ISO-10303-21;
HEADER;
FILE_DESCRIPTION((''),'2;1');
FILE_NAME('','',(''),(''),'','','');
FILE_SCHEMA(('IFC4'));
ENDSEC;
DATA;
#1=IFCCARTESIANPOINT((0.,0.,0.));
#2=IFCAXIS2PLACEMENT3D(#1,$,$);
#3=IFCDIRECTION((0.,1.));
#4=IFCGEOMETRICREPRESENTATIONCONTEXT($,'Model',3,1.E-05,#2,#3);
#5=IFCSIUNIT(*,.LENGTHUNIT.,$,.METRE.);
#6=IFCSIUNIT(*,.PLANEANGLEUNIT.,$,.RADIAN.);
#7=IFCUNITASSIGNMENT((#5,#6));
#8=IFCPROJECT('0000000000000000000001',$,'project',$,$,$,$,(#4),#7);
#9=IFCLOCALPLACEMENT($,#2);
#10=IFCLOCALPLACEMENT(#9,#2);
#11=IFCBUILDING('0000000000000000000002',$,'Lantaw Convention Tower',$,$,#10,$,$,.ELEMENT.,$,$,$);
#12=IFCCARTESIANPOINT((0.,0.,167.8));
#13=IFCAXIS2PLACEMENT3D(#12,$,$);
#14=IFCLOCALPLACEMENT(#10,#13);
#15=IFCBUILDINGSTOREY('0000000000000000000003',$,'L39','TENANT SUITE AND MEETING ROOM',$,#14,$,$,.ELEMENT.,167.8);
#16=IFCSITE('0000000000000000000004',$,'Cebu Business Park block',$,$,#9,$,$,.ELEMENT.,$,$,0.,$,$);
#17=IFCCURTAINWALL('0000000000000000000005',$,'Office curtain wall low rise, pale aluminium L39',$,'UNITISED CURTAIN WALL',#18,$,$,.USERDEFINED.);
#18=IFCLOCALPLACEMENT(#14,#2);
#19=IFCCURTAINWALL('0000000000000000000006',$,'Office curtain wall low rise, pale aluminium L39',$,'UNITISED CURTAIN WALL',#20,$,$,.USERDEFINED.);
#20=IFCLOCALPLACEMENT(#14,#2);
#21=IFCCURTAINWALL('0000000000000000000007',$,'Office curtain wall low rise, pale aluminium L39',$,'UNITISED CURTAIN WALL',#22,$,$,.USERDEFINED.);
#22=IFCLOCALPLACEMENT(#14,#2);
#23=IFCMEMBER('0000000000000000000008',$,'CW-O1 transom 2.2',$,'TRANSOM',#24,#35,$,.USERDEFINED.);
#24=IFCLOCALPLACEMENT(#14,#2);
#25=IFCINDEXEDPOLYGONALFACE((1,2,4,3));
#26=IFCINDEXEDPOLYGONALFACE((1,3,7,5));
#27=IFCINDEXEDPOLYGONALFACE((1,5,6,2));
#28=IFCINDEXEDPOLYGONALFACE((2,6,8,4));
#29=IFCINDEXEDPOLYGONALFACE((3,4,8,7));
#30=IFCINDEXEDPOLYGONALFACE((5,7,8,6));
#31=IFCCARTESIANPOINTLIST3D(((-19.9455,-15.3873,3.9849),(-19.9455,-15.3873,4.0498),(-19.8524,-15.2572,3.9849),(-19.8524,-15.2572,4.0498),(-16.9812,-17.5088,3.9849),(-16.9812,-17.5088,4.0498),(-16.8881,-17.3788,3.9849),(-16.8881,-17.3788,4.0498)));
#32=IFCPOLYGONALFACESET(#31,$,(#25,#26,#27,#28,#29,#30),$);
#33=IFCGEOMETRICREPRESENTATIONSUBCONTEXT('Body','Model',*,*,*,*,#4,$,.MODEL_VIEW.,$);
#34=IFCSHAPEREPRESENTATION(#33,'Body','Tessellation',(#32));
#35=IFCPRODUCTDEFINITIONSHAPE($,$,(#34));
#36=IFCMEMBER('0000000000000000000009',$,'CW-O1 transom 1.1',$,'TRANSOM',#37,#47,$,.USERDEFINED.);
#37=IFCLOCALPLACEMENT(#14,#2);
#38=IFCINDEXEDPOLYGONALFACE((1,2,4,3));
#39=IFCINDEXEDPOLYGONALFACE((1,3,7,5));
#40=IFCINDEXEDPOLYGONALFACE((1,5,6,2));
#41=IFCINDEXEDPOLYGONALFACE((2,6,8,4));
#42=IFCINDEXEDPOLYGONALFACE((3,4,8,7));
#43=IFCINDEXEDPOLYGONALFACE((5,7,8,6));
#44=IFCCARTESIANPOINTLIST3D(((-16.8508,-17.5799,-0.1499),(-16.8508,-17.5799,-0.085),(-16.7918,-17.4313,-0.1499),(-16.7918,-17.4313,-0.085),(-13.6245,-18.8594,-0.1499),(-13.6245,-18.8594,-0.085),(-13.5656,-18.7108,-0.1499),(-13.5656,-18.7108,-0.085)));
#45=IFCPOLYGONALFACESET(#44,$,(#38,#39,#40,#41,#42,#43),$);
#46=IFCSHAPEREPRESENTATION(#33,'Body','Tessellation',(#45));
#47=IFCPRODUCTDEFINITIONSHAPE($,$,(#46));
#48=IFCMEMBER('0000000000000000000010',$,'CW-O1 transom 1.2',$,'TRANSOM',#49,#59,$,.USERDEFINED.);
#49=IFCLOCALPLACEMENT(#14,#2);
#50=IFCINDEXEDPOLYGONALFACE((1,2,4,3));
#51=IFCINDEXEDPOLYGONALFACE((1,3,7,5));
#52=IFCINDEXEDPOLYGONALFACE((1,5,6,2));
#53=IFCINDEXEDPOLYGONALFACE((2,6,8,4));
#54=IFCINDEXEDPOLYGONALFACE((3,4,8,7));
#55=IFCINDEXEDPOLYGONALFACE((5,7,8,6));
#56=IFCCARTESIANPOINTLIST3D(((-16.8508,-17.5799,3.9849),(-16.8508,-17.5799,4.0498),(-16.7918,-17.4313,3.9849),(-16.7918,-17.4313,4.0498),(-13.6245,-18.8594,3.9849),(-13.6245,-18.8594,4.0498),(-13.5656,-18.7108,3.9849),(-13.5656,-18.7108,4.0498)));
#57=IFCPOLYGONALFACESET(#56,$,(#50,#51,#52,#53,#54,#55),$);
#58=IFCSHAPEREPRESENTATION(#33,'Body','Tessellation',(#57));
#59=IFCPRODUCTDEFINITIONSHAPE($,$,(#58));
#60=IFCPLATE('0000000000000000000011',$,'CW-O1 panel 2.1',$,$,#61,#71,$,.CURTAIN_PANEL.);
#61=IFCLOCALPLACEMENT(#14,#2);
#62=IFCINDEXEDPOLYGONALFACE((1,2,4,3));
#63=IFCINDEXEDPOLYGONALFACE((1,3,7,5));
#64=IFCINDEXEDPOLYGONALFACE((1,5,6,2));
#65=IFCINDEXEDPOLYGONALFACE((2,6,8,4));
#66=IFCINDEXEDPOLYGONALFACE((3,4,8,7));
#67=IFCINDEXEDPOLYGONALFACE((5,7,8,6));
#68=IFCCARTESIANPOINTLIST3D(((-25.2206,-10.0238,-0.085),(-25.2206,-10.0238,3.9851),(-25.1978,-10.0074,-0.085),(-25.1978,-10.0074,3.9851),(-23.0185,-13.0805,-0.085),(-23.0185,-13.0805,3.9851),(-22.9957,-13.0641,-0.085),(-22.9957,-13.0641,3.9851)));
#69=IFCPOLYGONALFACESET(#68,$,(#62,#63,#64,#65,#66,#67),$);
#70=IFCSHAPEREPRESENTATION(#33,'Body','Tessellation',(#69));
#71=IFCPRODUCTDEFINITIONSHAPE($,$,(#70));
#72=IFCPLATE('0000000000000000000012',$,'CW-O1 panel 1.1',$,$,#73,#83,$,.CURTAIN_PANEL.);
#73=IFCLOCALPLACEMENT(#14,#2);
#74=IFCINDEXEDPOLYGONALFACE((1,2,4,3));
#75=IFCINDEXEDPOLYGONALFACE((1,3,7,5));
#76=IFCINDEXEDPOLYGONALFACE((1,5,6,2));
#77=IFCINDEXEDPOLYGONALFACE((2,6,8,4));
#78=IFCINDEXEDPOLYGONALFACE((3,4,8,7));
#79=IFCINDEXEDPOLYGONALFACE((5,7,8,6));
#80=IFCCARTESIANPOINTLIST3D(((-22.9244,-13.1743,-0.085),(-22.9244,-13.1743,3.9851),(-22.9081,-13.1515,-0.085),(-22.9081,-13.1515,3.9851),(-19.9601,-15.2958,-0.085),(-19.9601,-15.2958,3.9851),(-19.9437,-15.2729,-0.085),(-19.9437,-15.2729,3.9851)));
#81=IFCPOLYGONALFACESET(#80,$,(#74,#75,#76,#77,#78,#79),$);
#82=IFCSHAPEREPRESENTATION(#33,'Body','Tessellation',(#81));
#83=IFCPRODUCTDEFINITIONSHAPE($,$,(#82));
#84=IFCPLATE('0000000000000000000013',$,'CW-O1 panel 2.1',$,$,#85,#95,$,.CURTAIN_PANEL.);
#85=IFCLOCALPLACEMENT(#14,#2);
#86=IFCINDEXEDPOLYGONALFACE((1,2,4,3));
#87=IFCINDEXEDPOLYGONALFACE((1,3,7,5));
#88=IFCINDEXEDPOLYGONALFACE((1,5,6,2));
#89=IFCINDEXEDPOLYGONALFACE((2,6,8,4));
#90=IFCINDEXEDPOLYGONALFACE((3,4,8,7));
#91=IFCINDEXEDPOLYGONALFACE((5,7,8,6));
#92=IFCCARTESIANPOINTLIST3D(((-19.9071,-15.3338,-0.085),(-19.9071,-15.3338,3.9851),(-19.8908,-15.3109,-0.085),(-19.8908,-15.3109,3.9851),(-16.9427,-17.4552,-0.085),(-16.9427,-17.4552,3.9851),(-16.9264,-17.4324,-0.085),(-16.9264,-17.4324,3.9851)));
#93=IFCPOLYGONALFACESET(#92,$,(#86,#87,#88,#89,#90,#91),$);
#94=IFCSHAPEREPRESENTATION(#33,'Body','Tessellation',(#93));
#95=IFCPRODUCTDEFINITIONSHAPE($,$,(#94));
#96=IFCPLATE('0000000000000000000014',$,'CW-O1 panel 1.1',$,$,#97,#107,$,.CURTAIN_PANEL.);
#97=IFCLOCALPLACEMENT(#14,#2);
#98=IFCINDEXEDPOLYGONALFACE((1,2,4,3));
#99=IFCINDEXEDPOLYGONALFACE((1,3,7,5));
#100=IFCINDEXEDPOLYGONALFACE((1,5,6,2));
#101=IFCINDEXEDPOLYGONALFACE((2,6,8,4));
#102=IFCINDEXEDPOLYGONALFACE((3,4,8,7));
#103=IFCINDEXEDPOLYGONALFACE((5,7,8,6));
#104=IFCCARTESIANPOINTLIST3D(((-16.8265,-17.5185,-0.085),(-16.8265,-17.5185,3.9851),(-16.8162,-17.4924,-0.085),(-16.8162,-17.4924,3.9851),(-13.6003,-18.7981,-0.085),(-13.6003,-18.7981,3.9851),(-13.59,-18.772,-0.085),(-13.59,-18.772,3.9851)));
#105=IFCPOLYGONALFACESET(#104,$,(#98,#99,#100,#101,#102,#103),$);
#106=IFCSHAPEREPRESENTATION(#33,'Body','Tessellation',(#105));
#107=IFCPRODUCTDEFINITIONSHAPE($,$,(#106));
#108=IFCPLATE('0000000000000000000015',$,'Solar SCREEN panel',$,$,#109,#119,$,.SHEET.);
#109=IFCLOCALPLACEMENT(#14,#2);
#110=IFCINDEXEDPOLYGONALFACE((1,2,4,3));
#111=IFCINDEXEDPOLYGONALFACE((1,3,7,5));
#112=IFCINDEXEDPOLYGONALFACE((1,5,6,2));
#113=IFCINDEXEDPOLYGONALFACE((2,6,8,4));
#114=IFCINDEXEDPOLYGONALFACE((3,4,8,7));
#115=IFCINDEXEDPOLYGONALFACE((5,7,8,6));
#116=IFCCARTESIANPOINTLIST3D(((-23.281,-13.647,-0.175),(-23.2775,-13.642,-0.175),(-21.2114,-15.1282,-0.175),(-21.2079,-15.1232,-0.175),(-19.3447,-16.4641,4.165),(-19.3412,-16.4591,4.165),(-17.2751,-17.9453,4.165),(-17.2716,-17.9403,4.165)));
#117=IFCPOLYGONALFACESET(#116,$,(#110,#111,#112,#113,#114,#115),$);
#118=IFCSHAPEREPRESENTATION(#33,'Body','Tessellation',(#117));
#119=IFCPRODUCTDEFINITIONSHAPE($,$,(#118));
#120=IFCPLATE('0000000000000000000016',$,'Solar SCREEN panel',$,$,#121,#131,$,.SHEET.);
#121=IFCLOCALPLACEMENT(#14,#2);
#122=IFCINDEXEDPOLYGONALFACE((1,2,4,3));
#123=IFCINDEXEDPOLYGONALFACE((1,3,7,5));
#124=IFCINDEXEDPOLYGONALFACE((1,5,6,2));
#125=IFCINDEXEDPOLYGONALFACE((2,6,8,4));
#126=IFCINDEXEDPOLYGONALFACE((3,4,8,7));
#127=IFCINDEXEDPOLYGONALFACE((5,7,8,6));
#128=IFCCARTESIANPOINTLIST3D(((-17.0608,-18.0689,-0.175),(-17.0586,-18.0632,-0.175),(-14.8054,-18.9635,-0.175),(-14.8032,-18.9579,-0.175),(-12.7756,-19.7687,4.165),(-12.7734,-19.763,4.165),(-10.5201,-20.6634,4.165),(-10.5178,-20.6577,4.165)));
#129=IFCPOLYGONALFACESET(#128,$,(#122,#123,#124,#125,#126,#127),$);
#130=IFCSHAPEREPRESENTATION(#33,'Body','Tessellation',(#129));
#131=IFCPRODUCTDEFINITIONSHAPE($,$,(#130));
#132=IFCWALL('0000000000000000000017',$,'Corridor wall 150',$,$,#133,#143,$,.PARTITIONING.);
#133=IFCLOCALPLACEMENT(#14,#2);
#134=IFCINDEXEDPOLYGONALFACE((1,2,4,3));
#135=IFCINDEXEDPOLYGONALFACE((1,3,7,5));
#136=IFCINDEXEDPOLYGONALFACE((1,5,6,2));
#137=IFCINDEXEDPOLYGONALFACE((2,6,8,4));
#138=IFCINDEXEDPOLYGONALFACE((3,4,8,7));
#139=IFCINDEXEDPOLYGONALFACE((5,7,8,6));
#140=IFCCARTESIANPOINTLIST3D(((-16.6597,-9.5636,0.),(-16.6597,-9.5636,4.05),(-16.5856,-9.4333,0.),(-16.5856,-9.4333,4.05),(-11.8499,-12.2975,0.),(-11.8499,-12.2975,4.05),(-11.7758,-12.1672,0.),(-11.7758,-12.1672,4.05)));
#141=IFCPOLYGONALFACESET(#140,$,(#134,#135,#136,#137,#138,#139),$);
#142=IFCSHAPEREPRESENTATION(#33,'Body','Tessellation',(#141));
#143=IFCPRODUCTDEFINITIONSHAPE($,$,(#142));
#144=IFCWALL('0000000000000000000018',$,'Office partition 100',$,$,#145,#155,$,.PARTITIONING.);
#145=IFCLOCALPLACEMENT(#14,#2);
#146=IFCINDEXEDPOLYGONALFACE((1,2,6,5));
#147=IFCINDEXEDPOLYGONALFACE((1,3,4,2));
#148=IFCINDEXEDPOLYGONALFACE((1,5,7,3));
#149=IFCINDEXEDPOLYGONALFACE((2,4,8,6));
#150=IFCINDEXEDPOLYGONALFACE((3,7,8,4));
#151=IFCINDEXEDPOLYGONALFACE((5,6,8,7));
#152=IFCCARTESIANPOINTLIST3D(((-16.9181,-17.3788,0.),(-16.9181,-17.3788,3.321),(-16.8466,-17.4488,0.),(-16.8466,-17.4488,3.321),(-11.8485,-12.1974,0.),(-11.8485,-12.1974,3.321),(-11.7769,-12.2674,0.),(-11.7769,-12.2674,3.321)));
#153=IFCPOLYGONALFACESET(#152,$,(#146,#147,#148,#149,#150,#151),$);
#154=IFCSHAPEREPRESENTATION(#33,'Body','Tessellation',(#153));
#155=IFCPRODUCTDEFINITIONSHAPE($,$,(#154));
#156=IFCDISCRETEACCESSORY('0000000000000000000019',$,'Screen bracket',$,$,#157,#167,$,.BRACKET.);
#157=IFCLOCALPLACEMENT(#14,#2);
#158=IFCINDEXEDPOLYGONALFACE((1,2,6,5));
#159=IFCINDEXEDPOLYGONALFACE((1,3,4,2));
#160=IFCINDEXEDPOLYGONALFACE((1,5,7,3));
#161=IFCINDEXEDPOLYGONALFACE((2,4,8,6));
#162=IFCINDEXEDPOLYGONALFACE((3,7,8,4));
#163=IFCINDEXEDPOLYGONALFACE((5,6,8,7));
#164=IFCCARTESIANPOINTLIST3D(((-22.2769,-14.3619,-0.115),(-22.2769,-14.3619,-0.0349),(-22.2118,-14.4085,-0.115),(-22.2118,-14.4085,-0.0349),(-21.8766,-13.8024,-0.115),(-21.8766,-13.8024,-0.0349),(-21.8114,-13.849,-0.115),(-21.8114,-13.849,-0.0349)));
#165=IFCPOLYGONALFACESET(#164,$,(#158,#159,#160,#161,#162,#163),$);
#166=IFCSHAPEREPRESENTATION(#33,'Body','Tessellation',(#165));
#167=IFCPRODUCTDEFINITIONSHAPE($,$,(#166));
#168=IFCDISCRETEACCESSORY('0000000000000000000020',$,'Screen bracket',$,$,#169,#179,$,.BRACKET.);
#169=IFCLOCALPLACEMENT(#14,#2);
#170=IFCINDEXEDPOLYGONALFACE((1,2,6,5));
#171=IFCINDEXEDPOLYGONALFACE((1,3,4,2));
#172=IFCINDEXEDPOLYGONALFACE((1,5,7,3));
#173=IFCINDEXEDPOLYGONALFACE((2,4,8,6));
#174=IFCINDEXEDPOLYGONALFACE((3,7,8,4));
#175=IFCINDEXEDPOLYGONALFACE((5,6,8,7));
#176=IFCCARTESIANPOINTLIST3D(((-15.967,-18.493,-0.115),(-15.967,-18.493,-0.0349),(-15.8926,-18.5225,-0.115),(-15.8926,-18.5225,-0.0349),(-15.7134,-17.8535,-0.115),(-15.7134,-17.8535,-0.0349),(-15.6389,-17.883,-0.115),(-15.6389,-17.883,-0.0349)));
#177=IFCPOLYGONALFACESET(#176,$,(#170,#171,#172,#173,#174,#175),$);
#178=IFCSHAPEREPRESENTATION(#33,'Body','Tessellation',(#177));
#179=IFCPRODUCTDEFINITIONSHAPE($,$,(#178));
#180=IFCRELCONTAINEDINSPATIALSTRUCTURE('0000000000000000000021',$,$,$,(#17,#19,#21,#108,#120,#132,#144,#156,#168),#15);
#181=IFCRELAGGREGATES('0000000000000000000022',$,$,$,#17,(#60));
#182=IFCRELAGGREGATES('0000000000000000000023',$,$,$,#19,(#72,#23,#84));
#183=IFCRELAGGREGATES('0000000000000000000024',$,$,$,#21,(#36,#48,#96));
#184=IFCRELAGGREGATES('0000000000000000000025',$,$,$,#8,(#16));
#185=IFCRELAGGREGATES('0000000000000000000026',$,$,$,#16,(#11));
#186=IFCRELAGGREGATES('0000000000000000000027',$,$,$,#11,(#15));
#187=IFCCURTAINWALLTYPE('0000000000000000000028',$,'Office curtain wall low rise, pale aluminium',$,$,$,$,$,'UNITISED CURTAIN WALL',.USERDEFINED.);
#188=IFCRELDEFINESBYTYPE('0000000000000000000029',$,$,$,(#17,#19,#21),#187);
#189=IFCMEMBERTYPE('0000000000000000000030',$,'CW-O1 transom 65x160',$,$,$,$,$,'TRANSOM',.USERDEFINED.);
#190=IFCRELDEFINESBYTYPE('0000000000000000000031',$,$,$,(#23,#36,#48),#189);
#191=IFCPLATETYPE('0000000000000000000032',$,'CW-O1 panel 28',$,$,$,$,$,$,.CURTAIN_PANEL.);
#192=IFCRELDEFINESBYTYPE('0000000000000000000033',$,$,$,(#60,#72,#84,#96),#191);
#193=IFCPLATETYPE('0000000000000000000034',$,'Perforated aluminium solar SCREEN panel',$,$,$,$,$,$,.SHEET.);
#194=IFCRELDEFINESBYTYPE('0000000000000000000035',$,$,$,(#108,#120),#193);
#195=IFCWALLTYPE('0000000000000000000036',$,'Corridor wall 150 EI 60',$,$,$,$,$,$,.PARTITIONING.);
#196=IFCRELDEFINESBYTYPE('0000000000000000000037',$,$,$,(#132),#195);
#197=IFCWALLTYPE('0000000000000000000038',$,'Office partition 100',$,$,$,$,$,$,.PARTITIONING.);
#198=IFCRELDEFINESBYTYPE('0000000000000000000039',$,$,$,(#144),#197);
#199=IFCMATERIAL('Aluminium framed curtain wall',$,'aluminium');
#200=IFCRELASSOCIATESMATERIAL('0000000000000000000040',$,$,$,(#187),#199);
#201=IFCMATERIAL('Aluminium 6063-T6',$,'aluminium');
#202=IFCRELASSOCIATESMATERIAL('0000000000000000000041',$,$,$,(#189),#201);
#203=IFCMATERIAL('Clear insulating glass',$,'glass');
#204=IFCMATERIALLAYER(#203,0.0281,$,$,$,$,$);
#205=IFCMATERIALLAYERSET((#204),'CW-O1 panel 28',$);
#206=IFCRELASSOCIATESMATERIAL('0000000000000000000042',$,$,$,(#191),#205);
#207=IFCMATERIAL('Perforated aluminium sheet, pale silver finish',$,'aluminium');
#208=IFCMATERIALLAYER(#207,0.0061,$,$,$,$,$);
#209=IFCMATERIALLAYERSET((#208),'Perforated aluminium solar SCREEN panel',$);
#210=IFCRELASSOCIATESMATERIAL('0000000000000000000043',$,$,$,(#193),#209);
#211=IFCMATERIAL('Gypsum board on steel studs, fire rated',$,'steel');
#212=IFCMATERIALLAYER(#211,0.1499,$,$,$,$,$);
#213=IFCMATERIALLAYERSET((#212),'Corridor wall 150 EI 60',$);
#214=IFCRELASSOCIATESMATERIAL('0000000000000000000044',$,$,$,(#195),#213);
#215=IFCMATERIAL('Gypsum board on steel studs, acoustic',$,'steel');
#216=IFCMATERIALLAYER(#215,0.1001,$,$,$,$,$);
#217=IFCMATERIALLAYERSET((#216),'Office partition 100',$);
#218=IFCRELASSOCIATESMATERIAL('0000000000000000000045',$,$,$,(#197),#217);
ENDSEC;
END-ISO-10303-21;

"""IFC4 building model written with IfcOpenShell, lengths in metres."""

from ifc_helpers import new_model, si_unit, direction, frame, frame_2d, origin, origin_2d, place, context, subcontext, project, spatial, polyline, rectangle, outline, extrude, material, layer, layer_set, material_profile, profile_set, type_object, element, aggregate, save


model = new_model("IFC4")

# Units and contexts
model_context = context("Model", 3, precision=1e-05, world=origin(), true_north=direction((0.0, 1.0)))
body_context = subcontext(model_context, "Body", "Model", "MODEL_VIEW")
ifc_project = project(units=[si_unit("LENGTHUNIT", "METRE"), si_unit("PLANEANGLEUNIT", "RADIAN")], contexts=[model_context])

# Site, building, storey
site_placement = place(None, origin())
site = spatial("IfcSite", under=ifc_project, at=site_placement, Name="Cebu Business Park block", CompositionType="ELEMENT", RefElevation=0.0)
building_placement = place(site_placement, origin())
building = spatial("IfcBuilding", under=site, at=building_placement, Name="Lantaw Convention Tower", CompositionType="ELEMENT")
storey_placement = place(building_placement, frame((0.0, 0.0, 167.8)))
storey = spatial("IfcBuildingStorey", under=building, at=storey_placement, Name="L39", Description="TENANT SUITE AND MEETING ROOM", CompositionType="ELEMENT", Elevation=167.8)

# Curtain walls
ifc_material_1 = material(Name="Aluminium framed curtain wall", Category="aluminium")
curtain_wall_type = type_object("IfcCurtainWallType", Name="Office curtain wall low rise, pale aluminium", ElementType="UNITISED CURTAIN WALL", PredefinedType="USERDEFINED", material=ifc_material_1)
curtain_wall_1_placement = place(storey_placement, origin())
curtain_wall_1 = element("IfcCurtainWall", 1, at=curtain_wall_1_placement, inside=storey, type_object=curtain_wall_type, Name="Office curtain wall low rise, pale aluminium L39", ObjectType="UNITISED CURTAIN WALL", PredefinedType="USERDEFINED")
ifc_material_2 = material(Name="Aluminium 6063-T6", Category="aluminium")
curtain_wall_2_placement = place(storey_placement, origin())
curtain_wall_2 = element("IfcCurtainWall", 2, at=curtain_wall_2_placement, inside=storey, type_object=curtain_wall_type, Name="Office curtain wall low rise, pale aluminium L39", ObjectType="UNITISED CURTAIN WALL", PredefinedType="USERDEFINED")

# Curtain wall
curtain_wall_3_placement = place(storey_placement, origin())
curtain_wall_3 = element("IfcCurtainWall", 3, at=curtain_wall_3_placement, inside=storey, type_object=curtain_wall_type, Name="Office curtain wall low rise, pale aluminium L39", ObjectType="UNITISED CURTAIN WALL", PredefinedType="USERDEFINED")

# Members
ifc_material_profile_1 = material_profile(ifc_material_2, rectangle(XDim=0.1599, YDim=0.0649, at=origin_2d()), Name="CW-O1 transom 65x160")
ifc_profile_set_1 = profile_set([ifc_material_profile_1], Name="Aluminium 6063-T6")
member_type_1 = type_object("IfcMemberType", Name="CW-O1 transom 65x160", ElementType="TRANSOM", PredefinedType="USERDEFINED", material=ifc_profile_set_1)
member_1_placement = place(storey_placement, frame((-19.8989, -15.3223, 4.0173), z_axis=(0.81319, -0.581998, 0.0), x_axis=(0.581998, 0.81319, 0.0)))
member_1 = element("IfcMember", 4, at=member_1_placement, type_object=member_type_1, Name="CW-O1 transom 2.2", ObjectType="TRANSOM", PredefinedType="USERDEFINED", context=body_context, shape_type="SweptSolid", body=[
    extrude(rectangle(XDim=0.1599, YDim=0.0649, at=origin_2d()), origin(), (0.0, 0.0, 1.0), 3.6453),
])
member_2_placement = place(storey_placement, frame((-16.8213, -17.5056, -0.1174), z_axis=(0.929564, -0.36866, 0.0), x_axis=(0.36866, 0.929564, 0.0)))
member_2 = element("IfcMember", 5, at=member_2_placement, type_object=member_type_1, Name="CW-O1 transom 1.1", ObjectType="TRANSOM", PredefinedType="USERDEFINED", context=body_context, shape_type="SweptSolid", body=[
    extrude(rectangle(XDim=0.1599, YDim=0.0649, at=origin_2d()), origin(), (0.0, 0.0, 1.0), 3.4707),
])
member_3_placement = place(storey_placement, frame((-16.8213, -17.5056, 4.0173), z_axis=(0.929564, -0.36866, 0.0), x_axis=(0.36866, 0.929564, 0.0)))
member_3 = element("IfcMember", 6, at=member_3_placement, type_object=member_type_1, Name="CW-O1 transom 1.2", ObjectType="TRANSOM", PredefinedType="USERDEFINED", context=body_context, shape_type="SweptSolid", body=[
    extrude(rectangle(XDim=0.1599, YDim=0.0649, at=origin_2d()), origin(), (0.0, 0.0, 1.0), 3.4707),
])

# Plates
ifc_material_3 = material(Name="Clear insulating glass", Category="glass")
ifc_layer_1 = layer(ifc_material_3, 0.0281)
ifc_layer_set_1 = layer_set([ifc_layer_1], Name="CW-O1 panel 28")
plate_type_1 = type_object("IfcPlateType", Name="CW-O1 panel 28", PredefinedType="CURTAIN_PANEL", material=ifc_layer_set_1)
plate_1_placement = place(storey_placement, frame((-24.1082, -11.5439, -0.085), z_axis=(0.0, 0.0, 1.0), x_axis=(0.584513, -0.811385, 0.0)))
plate_1 = element("IfcPlate", 7, at=plate_1_placement, type_object=plate_type_1, Name="CW-O1 panel 2.1", PredefinedType="CURTAIN_PANEL", context=body_context, shape_type="SweptSolid", body=[
    extrude(rectangle(XDim=3.7673, YDim=0.0281, at=origin_2d()), origin(), (0.0, 0.0, 1.0), 4.0701),
])
aggregate(curtain_wall_1, [plate_1])
plate_2_placement = place(storey_placement, frame((-21.4341, -14.2236, -0.085), z_axis=(0.0, 0.0, 1.0), x_axis=(0.813208, -0.581973, 0.0)))
plate_2 = element("IfcPlate", 8, at=plate_2_placement, type_object=plate_type_1, Name="CW-O1 panel 1.1", PredefinedType="CURTAIN_PANEL", context=body_context, shape_type="SweptSolid", body=[
    extrude(rectangle(XDim=3.6453, YDim=0.0281, at=origin_2d()), origin(), (0.0, 0.0, 1.0), 4.0701),
])
plate_3_placement = place(storey_placement, frame((-18.4167, -16.3831, -0.085), z_axis=(0.0, 0.0, 1.0), x_axis=(0.813208, -0.581973, 0.0)))
plate_3 = element("IfcPlate", 9, at=plate_3_placement, type_object=plate_type_1, Name="CW-O1 panel 2.1", PredefinedType="CURTAIN_PANEL", context=body_context, shape_type="SweptSolid", body=[
    extrude(rectangle(XDim=3.6453, YDim=0.0281, at=origin_2d()), origin(), (0.0, 0.0, 1.0), 4.0701),
])
aggregate(curtain_wall_2, [plate_2, member_1, plate_3])
plate_4_placement = place(storey_placement, frame((-15.2083, -18.1453, -0.085), z_axis=(0.0, 0.0, 1.0), x_axis=(0.929548, -0.368702, 0.0)))
plate_4 = element("IfcPlate", 10, at=plate_4_placement, type_object=plate_type_1, Name="CW-O1 panel 1.1", PredefinedType="CURTAIN_PANEL", context=body_context, shape_type="SweptSolid", body=[
    extrude(rectangle(XDim=3.4707, YDim=0.0281, at=origin_2d()), origin(), (0.0, 0.0, 1.0), 4.0701),
])
aggregate(curtain_wall_3, [member_2, member_3, plate_4])

# Plates
ifc_material_4 = material(Name="Perforated aluminium sheet, pale silver finish", Category="aluminium")
ifc_layer_2 = layer(ifc_material_4, 0.0061)
ifc_layer_set_2 = layer_set([ifc_layer_2], Name="Perforated aluminium solar SCREEN panel")
plate_type_2 = type_object("IfcPlateType", Name="Perforated aluminium solar SCREEN panel", PredefinedType="SHEET", material=ifc_layer_set_2)
plate_5_placement = place(storey_placement, frame((-23.281, -13.647, -0.175), z_axis=(-0.582, -0.813189, 0.000012), x_axis=(0.813189, -0.582, 0.0)))
element("IfcPlate", 11, at=plate_5_placement, inside=storey, type_object=plate_type_2, Name="Solar SCREEN panel", PredefinedType="SHEET", context=body_context, shape_type="SweptSolid", body=[
    extrude(outline(polyline([(0.0, 0.0), (2.545, 0.0), (7.3855, 4.3401), (4.8405, 4.3401), (0.0, 0.0)])), origin(), (0.0, 0.0, -1.0), 0.0061),
])
plate_6_placement = place(storey_placement, frame((-17.0586, -18.0632, -0.175), z_axis=(0.368709, 0.929545, 0.000011), x_axis=(0.929545, -0.368709, 0.0)))
element("IfcPlate", 12, at=plate_6_placement, inside=storey, type_object=plate_type_2, Name="Solar SCREEN panel", PredefinedType="SHEET", context=body_context, shape_type="SweptSolid", body=[
    extrude(outline(polyline([(0.0, 0.0), (2.4264, 0.0), (7.0365, -4.3401), (4.61, -4.3401), (0.0, 0.0)])), origin(), (0.0, 0.0, -1.0), 0.0061),
])

# Walls
ifc_material_5 = material(Name="Gypsum board on steel studs, fire rated", Category="steel")
ifc_layer_3 = layer(ifc_material_5, 0.1499)
ifc_layer_set_3 = layer_set([ifc_layer_3], Name="Corridor wall 150 EI 60")
wall_type_1 = type_object("IfcWallType", Name="Corridor wall 150 EI 60", PredefinedType="PARTITIONING", material=ifc_layer_set_3)
wall_1_placement = place(storey_placement, frame((-16.6226, -9.4985, 0.0), z_axis=(0.0, 0.0, 1.0), x_axis=(0.869376, -0.494151, 0.0)))
element("IfcWall", 13, at=wall_1_placement, inside=storey, type_object=wall_type_1, Name="Corridor wall 150", PredefinedType="PARTITIONING", context=body_context, shape_type="SweptSolid", body=[
    extrude(rectangle(XDim=5.5325, YDim=0.1499, at=frame_2d((2.7661, 0.0))), origin(), (0.0, 0.0, 1.0), 4.05),
])
ifc_material_6 = material(Name="Gypsum board on steel studs, acoustic", Category="steel")
ifc_layer_4 = layer(ifc_material_6, 0.1001)
ifc_layer_set_4 = layer_set([ifc_layer_4], Name="Office partition 100")
wall_type_2 = type_object("IfcWallType", Name="Office partition 100", PredefinedType="PARTITIONING", material=ifc_layer_set_4)
wall_2_placement = place(storey_placement, frame((-16.8823, -17.4138, 0.0), z_axis=(0.0, 0.0, 1.0), x_axis=(0.699352, 0.714777, 0.0)))
element("IfcWall", 14, at=wall_2_placement, inside=storey, type_object=wall_type_2, Name="Office partition 100", PredefinedType="PARTITIONING", context=body_context, shape_type="SweptSolid", body=[
    extrude(rectangle(XDim=7.249, YDim=0.1001, at=frame_2d((3.6245, 0.0))), origin(), (0.0, 0.0, 1.0), 3.321),
])

# Discrete accessories
for number, where, z_axis, x_axis, name in (
    (15, (-22.0442, -14.1055, -0.115), (0.0, 0.0, 1.0), (0.813208, -0.581973, 0.0), "Screen bracket"),
    (16, (-15.803, -18.188, -0.115), (0.0, 0.0, 1.0), (0.929548, -0.368702, 0.0), "Screen bracket"),
):
    element("IfcDiscreteAccessory", number, at=place(storey_placement, frame(where, z_axis=z_axis, x_axis=x_axis)), inside=storey, Name=name, PredefinedType="BRACKET", context=body_context, shape_type="SweptSolid", body=[
        extrude(rectangle(XDim=0.0801, YDim=0.688, at=origin_2d()), origin(), (0.0, 0.0, 1.0), 0.0801),
    ])

save(model, "model.ifc")
